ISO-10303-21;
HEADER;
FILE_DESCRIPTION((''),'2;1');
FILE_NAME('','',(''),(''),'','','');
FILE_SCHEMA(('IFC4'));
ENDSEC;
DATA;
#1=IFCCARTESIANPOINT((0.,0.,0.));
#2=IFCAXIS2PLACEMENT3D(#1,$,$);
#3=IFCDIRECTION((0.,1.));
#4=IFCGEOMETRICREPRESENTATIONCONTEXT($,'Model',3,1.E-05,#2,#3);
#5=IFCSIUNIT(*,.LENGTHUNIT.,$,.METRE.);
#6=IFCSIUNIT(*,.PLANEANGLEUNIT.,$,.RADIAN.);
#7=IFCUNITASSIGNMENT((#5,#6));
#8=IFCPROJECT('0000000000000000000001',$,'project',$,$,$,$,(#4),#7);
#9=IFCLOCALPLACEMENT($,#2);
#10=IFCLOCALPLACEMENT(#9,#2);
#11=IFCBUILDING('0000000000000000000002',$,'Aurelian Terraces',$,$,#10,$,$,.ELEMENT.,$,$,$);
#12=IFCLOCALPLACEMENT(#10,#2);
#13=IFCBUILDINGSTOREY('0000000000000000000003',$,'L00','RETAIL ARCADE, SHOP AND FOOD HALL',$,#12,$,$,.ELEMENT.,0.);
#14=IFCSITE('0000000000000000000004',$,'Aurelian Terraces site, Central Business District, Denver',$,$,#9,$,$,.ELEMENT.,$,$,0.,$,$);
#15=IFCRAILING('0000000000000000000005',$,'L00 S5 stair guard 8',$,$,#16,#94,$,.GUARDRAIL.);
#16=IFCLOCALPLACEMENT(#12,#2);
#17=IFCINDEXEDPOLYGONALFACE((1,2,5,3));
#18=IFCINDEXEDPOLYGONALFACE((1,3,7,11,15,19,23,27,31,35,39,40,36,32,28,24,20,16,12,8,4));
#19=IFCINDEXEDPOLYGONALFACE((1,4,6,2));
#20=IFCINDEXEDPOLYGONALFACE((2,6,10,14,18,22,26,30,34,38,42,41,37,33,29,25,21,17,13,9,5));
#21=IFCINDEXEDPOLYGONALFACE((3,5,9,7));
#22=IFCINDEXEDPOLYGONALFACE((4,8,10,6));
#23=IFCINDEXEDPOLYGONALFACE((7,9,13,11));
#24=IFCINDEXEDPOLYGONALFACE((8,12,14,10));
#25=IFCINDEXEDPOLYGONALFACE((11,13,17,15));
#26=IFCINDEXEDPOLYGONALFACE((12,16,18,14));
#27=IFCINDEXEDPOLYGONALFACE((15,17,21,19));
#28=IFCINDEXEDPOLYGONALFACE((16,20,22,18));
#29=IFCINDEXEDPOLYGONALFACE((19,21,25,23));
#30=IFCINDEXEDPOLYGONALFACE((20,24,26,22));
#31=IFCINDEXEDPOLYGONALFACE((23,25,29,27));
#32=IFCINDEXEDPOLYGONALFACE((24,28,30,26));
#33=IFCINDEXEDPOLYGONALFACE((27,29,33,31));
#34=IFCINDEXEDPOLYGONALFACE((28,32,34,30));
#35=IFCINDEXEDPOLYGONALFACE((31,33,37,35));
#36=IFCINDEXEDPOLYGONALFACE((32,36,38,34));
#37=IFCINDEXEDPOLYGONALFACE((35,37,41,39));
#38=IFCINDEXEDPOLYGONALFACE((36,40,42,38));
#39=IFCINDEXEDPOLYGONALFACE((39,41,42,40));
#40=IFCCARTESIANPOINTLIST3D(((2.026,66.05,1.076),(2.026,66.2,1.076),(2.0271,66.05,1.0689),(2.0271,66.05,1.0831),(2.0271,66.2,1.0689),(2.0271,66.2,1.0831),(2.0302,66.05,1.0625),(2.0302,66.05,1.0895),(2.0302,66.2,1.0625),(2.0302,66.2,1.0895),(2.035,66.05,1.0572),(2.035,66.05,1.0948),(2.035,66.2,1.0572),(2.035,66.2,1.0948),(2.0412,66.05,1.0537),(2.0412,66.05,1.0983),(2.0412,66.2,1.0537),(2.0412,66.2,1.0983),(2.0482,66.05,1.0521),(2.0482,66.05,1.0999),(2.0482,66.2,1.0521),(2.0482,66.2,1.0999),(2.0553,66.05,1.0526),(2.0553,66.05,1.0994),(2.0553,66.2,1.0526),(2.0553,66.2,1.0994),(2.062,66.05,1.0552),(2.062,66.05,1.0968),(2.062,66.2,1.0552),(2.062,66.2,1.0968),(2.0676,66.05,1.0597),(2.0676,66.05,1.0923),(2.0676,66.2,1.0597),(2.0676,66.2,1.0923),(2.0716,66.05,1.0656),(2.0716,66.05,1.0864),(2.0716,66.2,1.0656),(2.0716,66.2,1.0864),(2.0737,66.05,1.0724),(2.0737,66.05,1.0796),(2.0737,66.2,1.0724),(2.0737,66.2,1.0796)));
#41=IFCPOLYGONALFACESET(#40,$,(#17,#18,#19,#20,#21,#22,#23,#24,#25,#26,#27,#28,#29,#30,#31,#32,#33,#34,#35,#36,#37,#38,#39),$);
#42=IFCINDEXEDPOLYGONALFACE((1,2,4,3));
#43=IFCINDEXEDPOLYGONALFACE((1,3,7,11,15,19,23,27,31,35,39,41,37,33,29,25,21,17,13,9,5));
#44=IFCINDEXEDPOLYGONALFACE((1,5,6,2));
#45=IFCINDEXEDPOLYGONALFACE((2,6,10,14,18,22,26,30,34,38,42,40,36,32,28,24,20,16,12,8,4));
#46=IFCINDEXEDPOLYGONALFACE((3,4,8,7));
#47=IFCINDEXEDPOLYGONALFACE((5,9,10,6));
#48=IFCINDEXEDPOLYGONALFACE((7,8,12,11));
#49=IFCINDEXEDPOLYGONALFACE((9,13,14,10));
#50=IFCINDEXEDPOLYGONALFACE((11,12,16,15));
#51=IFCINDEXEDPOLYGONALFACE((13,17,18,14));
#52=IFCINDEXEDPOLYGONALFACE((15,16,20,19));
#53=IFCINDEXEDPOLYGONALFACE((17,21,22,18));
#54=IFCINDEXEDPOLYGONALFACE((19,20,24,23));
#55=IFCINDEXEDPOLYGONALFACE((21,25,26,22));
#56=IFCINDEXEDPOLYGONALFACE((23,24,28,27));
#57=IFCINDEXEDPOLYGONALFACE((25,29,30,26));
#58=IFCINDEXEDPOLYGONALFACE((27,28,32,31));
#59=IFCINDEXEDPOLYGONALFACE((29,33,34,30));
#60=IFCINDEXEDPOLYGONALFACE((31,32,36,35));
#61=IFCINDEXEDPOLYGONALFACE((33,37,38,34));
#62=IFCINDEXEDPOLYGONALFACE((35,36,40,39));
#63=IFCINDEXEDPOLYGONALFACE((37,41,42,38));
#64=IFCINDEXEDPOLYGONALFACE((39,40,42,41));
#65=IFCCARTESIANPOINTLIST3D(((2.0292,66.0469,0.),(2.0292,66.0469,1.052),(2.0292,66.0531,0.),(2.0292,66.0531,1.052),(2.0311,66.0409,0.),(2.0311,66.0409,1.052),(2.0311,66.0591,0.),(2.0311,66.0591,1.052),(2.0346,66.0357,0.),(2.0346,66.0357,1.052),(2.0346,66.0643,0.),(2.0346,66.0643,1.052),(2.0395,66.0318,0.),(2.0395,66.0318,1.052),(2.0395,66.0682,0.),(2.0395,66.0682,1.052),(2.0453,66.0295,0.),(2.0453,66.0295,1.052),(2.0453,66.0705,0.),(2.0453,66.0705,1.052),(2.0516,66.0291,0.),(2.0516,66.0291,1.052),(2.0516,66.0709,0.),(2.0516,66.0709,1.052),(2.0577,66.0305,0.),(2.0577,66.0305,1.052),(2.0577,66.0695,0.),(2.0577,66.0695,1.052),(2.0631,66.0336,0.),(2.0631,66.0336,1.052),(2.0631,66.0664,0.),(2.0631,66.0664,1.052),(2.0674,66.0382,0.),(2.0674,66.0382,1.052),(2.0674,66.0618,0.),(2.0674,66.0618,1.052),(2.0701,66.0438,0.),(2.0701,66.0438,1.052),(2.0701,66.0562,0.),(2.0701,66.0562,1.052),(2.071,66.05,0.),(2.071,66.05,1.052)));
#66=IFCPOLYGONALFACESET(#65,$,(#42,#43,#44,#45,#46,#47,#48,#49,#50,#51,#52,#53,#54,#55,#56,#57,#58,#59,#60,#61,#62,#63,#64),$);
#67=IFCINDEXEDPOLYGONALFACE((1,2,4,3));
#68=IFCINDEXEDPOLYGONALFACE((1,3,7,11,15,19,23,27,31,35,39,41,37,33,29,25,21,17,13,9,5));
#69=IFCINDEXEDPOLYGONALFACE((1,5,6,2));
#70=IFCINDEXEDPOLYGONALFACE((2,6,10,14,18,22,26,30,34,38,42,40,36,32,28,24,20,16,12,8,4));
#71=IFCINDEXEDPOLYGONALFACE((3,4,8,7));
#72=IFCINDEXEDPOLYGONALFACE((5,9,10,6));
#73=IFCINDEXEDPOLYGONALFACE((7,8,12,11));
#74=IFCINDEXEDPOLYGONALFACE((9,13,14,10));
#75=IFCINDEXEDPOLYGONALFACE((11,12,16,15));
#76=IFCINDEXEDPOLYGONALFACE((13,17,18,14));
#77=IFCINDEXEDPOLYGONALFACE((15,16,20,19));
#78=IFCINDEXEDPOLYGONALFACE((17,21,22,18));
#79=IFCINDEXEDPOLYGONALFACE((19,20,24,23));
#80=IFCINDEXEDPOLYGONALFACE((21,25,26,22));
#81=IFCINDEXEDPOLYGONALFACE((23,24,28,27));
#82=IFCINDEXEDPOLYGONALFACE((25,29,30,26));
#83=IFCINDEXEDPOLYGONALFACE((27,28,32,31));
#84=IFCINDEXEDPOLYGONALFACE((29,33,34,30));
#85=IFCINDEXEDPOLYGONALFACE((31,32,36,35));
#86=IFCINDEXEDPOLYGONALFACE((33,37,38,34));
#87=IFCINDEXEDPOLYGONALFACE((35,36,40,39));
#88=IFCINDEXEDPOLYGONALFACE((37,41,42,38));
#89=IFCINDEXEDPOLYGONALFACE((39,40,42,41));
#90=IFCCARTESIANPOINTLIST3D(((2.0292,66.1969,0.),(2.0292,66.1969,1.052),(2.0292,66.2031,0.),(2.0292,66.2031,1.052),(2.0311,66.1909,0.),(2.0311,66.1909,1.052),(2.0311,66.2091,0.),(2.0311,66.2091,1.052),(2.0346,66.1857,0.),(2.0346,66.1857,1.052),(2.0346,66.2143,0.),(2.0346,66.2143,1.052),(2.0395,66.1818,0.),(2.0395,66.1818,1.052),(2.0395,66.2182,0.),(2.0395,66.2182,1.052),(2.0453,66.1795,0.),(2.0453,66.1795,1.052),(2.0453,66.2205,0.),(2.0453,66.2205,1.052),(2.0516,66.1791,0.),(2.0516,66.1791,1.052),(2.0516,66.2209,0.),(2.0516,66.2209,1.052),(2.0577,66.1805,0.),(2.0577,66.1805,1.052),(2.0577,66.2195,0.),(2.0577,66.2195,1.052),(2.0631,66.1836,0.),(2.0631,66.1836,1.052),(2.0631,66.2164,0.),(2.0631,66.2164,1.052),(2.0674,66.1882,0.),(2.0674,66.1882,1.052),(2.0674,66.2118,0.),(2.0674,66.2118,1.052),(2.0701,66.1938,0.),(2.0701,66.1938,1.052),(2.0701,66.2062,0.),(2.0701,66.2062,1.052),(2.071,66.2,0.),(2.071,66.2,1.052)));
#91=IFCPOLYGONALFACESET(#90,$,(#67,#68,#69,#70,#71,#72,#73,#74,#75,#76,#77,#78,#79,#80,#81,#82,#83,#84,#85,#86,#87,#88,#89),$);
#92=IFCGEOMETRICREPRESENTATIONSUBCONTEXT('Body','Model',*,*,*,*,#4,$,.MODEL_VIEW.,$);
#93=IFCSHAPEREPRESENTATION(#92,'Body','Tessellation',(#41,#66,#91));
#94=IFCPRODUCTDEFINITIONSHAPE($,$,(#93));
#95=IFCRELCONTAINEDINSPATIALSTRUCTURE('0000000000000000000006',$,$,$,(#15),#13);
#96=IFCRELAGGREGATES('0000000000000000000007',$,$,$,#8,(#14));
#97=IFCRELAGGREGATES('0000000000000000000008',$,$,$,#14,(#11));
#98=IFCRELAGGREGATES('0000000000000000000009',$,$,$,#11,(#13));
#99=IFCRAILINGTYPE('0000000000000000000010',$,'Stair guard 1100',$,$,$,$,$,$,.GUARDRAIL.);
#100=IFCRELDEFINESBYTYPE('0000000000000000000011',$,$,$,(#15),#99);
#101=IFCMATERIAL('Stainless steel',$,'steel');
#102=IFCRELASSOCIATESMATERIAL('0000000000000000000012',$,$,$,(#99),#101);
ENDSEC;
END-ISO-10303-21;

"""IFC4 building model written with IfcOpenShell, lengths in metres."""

from ifc_helpers import new_model, si_unit, direction, frame, origin, origin_2d, place, context, subcontext, project, spatial, circle, extrude, source, transform, mapped, material, type_object, element, save


model = new_model("IFC4")

# Units and contexts
model_context = context("Model", 3, precision=1e-05, world=origin(), true_north=direction((0.0, 1.0)))
body_context = subcontext(model_context, "Body", "Model", "MODEL_VIEW")
ifc_project = project(units=[si_unit("LENGTHUNIT", "METRE"), si_unit("PLANEANGLEUNIT", "RADIAN")], contexts=[model_context])

# Site, building, storey
site_placement = place(None, origin())
site = spatial("IfcSite", under=ifc_project, at=site_placement, Name="Aurelian Terraces site, Central Business District, Denver", CompositionType="ELEMENT", RefElevation=0.0)
building_placement = place(site_placement, origin())
building = spatial("IfcBuilding", under=site, at=building_placement, Name="Aurelian Terraces", CompositionType="ELEMENT")
storey_placement = place(building_placement, origin())
storey = spatial("IfcBuildingStorey", under=building, at=storey_placement, Name="L00", Description="RETAIL ARCADE, SHOP AND FOOD HALL", CompositionType="ELEMENT", Elevation=0.0)

# Railing
ifc_material_1 = material(Name="Stainless steel", Category="steel")
railing_type_1 = type_object("IfcRailingType", Name="Stair guard 1100", PredefinedType="GUARDRAIL", material=ifc_material_1)
shared_shape_1 = source(origin(), body_context, "Body", "SweptSolid", [
    extrude(circle(Radius=0.024, at=origin_2d()), frame((0.0, 0.0, 1.076), z_axis=(0.0, 1.0, 0.0), x_axis=(-1.0, 0.0, 0.0)), (0.0, 0.0, 1.0), 0.15),
    extrude(circle(Radius=0.021, at=origin_2d()), origin(), (0.0, 0.0, 1.0), 1.052),
    extrude(circle(Radius=0.021, at=origin_2d()), frame((0.0, 0.15, 0.0)), (0.0, 0.0, 1.0), 1.052),
])
for number, where, name in (
    (1, (2.05, 66.05, 0.0), "L00 S5 stair guard 8"),
):
    element("IfcRailing", number, at=place(storey_placement, frame(where)), inside=storey, type_object=railing_type_1, Name=name, PredefinedType="GUARDRAIL", context=body_context, shape_type="MappedRepresentation", body=[
        mapped(shared_shape_1, transform((0.0, 0.0, 0.0), scale=1.0)),
    ])

save(model, "model.ifc")
